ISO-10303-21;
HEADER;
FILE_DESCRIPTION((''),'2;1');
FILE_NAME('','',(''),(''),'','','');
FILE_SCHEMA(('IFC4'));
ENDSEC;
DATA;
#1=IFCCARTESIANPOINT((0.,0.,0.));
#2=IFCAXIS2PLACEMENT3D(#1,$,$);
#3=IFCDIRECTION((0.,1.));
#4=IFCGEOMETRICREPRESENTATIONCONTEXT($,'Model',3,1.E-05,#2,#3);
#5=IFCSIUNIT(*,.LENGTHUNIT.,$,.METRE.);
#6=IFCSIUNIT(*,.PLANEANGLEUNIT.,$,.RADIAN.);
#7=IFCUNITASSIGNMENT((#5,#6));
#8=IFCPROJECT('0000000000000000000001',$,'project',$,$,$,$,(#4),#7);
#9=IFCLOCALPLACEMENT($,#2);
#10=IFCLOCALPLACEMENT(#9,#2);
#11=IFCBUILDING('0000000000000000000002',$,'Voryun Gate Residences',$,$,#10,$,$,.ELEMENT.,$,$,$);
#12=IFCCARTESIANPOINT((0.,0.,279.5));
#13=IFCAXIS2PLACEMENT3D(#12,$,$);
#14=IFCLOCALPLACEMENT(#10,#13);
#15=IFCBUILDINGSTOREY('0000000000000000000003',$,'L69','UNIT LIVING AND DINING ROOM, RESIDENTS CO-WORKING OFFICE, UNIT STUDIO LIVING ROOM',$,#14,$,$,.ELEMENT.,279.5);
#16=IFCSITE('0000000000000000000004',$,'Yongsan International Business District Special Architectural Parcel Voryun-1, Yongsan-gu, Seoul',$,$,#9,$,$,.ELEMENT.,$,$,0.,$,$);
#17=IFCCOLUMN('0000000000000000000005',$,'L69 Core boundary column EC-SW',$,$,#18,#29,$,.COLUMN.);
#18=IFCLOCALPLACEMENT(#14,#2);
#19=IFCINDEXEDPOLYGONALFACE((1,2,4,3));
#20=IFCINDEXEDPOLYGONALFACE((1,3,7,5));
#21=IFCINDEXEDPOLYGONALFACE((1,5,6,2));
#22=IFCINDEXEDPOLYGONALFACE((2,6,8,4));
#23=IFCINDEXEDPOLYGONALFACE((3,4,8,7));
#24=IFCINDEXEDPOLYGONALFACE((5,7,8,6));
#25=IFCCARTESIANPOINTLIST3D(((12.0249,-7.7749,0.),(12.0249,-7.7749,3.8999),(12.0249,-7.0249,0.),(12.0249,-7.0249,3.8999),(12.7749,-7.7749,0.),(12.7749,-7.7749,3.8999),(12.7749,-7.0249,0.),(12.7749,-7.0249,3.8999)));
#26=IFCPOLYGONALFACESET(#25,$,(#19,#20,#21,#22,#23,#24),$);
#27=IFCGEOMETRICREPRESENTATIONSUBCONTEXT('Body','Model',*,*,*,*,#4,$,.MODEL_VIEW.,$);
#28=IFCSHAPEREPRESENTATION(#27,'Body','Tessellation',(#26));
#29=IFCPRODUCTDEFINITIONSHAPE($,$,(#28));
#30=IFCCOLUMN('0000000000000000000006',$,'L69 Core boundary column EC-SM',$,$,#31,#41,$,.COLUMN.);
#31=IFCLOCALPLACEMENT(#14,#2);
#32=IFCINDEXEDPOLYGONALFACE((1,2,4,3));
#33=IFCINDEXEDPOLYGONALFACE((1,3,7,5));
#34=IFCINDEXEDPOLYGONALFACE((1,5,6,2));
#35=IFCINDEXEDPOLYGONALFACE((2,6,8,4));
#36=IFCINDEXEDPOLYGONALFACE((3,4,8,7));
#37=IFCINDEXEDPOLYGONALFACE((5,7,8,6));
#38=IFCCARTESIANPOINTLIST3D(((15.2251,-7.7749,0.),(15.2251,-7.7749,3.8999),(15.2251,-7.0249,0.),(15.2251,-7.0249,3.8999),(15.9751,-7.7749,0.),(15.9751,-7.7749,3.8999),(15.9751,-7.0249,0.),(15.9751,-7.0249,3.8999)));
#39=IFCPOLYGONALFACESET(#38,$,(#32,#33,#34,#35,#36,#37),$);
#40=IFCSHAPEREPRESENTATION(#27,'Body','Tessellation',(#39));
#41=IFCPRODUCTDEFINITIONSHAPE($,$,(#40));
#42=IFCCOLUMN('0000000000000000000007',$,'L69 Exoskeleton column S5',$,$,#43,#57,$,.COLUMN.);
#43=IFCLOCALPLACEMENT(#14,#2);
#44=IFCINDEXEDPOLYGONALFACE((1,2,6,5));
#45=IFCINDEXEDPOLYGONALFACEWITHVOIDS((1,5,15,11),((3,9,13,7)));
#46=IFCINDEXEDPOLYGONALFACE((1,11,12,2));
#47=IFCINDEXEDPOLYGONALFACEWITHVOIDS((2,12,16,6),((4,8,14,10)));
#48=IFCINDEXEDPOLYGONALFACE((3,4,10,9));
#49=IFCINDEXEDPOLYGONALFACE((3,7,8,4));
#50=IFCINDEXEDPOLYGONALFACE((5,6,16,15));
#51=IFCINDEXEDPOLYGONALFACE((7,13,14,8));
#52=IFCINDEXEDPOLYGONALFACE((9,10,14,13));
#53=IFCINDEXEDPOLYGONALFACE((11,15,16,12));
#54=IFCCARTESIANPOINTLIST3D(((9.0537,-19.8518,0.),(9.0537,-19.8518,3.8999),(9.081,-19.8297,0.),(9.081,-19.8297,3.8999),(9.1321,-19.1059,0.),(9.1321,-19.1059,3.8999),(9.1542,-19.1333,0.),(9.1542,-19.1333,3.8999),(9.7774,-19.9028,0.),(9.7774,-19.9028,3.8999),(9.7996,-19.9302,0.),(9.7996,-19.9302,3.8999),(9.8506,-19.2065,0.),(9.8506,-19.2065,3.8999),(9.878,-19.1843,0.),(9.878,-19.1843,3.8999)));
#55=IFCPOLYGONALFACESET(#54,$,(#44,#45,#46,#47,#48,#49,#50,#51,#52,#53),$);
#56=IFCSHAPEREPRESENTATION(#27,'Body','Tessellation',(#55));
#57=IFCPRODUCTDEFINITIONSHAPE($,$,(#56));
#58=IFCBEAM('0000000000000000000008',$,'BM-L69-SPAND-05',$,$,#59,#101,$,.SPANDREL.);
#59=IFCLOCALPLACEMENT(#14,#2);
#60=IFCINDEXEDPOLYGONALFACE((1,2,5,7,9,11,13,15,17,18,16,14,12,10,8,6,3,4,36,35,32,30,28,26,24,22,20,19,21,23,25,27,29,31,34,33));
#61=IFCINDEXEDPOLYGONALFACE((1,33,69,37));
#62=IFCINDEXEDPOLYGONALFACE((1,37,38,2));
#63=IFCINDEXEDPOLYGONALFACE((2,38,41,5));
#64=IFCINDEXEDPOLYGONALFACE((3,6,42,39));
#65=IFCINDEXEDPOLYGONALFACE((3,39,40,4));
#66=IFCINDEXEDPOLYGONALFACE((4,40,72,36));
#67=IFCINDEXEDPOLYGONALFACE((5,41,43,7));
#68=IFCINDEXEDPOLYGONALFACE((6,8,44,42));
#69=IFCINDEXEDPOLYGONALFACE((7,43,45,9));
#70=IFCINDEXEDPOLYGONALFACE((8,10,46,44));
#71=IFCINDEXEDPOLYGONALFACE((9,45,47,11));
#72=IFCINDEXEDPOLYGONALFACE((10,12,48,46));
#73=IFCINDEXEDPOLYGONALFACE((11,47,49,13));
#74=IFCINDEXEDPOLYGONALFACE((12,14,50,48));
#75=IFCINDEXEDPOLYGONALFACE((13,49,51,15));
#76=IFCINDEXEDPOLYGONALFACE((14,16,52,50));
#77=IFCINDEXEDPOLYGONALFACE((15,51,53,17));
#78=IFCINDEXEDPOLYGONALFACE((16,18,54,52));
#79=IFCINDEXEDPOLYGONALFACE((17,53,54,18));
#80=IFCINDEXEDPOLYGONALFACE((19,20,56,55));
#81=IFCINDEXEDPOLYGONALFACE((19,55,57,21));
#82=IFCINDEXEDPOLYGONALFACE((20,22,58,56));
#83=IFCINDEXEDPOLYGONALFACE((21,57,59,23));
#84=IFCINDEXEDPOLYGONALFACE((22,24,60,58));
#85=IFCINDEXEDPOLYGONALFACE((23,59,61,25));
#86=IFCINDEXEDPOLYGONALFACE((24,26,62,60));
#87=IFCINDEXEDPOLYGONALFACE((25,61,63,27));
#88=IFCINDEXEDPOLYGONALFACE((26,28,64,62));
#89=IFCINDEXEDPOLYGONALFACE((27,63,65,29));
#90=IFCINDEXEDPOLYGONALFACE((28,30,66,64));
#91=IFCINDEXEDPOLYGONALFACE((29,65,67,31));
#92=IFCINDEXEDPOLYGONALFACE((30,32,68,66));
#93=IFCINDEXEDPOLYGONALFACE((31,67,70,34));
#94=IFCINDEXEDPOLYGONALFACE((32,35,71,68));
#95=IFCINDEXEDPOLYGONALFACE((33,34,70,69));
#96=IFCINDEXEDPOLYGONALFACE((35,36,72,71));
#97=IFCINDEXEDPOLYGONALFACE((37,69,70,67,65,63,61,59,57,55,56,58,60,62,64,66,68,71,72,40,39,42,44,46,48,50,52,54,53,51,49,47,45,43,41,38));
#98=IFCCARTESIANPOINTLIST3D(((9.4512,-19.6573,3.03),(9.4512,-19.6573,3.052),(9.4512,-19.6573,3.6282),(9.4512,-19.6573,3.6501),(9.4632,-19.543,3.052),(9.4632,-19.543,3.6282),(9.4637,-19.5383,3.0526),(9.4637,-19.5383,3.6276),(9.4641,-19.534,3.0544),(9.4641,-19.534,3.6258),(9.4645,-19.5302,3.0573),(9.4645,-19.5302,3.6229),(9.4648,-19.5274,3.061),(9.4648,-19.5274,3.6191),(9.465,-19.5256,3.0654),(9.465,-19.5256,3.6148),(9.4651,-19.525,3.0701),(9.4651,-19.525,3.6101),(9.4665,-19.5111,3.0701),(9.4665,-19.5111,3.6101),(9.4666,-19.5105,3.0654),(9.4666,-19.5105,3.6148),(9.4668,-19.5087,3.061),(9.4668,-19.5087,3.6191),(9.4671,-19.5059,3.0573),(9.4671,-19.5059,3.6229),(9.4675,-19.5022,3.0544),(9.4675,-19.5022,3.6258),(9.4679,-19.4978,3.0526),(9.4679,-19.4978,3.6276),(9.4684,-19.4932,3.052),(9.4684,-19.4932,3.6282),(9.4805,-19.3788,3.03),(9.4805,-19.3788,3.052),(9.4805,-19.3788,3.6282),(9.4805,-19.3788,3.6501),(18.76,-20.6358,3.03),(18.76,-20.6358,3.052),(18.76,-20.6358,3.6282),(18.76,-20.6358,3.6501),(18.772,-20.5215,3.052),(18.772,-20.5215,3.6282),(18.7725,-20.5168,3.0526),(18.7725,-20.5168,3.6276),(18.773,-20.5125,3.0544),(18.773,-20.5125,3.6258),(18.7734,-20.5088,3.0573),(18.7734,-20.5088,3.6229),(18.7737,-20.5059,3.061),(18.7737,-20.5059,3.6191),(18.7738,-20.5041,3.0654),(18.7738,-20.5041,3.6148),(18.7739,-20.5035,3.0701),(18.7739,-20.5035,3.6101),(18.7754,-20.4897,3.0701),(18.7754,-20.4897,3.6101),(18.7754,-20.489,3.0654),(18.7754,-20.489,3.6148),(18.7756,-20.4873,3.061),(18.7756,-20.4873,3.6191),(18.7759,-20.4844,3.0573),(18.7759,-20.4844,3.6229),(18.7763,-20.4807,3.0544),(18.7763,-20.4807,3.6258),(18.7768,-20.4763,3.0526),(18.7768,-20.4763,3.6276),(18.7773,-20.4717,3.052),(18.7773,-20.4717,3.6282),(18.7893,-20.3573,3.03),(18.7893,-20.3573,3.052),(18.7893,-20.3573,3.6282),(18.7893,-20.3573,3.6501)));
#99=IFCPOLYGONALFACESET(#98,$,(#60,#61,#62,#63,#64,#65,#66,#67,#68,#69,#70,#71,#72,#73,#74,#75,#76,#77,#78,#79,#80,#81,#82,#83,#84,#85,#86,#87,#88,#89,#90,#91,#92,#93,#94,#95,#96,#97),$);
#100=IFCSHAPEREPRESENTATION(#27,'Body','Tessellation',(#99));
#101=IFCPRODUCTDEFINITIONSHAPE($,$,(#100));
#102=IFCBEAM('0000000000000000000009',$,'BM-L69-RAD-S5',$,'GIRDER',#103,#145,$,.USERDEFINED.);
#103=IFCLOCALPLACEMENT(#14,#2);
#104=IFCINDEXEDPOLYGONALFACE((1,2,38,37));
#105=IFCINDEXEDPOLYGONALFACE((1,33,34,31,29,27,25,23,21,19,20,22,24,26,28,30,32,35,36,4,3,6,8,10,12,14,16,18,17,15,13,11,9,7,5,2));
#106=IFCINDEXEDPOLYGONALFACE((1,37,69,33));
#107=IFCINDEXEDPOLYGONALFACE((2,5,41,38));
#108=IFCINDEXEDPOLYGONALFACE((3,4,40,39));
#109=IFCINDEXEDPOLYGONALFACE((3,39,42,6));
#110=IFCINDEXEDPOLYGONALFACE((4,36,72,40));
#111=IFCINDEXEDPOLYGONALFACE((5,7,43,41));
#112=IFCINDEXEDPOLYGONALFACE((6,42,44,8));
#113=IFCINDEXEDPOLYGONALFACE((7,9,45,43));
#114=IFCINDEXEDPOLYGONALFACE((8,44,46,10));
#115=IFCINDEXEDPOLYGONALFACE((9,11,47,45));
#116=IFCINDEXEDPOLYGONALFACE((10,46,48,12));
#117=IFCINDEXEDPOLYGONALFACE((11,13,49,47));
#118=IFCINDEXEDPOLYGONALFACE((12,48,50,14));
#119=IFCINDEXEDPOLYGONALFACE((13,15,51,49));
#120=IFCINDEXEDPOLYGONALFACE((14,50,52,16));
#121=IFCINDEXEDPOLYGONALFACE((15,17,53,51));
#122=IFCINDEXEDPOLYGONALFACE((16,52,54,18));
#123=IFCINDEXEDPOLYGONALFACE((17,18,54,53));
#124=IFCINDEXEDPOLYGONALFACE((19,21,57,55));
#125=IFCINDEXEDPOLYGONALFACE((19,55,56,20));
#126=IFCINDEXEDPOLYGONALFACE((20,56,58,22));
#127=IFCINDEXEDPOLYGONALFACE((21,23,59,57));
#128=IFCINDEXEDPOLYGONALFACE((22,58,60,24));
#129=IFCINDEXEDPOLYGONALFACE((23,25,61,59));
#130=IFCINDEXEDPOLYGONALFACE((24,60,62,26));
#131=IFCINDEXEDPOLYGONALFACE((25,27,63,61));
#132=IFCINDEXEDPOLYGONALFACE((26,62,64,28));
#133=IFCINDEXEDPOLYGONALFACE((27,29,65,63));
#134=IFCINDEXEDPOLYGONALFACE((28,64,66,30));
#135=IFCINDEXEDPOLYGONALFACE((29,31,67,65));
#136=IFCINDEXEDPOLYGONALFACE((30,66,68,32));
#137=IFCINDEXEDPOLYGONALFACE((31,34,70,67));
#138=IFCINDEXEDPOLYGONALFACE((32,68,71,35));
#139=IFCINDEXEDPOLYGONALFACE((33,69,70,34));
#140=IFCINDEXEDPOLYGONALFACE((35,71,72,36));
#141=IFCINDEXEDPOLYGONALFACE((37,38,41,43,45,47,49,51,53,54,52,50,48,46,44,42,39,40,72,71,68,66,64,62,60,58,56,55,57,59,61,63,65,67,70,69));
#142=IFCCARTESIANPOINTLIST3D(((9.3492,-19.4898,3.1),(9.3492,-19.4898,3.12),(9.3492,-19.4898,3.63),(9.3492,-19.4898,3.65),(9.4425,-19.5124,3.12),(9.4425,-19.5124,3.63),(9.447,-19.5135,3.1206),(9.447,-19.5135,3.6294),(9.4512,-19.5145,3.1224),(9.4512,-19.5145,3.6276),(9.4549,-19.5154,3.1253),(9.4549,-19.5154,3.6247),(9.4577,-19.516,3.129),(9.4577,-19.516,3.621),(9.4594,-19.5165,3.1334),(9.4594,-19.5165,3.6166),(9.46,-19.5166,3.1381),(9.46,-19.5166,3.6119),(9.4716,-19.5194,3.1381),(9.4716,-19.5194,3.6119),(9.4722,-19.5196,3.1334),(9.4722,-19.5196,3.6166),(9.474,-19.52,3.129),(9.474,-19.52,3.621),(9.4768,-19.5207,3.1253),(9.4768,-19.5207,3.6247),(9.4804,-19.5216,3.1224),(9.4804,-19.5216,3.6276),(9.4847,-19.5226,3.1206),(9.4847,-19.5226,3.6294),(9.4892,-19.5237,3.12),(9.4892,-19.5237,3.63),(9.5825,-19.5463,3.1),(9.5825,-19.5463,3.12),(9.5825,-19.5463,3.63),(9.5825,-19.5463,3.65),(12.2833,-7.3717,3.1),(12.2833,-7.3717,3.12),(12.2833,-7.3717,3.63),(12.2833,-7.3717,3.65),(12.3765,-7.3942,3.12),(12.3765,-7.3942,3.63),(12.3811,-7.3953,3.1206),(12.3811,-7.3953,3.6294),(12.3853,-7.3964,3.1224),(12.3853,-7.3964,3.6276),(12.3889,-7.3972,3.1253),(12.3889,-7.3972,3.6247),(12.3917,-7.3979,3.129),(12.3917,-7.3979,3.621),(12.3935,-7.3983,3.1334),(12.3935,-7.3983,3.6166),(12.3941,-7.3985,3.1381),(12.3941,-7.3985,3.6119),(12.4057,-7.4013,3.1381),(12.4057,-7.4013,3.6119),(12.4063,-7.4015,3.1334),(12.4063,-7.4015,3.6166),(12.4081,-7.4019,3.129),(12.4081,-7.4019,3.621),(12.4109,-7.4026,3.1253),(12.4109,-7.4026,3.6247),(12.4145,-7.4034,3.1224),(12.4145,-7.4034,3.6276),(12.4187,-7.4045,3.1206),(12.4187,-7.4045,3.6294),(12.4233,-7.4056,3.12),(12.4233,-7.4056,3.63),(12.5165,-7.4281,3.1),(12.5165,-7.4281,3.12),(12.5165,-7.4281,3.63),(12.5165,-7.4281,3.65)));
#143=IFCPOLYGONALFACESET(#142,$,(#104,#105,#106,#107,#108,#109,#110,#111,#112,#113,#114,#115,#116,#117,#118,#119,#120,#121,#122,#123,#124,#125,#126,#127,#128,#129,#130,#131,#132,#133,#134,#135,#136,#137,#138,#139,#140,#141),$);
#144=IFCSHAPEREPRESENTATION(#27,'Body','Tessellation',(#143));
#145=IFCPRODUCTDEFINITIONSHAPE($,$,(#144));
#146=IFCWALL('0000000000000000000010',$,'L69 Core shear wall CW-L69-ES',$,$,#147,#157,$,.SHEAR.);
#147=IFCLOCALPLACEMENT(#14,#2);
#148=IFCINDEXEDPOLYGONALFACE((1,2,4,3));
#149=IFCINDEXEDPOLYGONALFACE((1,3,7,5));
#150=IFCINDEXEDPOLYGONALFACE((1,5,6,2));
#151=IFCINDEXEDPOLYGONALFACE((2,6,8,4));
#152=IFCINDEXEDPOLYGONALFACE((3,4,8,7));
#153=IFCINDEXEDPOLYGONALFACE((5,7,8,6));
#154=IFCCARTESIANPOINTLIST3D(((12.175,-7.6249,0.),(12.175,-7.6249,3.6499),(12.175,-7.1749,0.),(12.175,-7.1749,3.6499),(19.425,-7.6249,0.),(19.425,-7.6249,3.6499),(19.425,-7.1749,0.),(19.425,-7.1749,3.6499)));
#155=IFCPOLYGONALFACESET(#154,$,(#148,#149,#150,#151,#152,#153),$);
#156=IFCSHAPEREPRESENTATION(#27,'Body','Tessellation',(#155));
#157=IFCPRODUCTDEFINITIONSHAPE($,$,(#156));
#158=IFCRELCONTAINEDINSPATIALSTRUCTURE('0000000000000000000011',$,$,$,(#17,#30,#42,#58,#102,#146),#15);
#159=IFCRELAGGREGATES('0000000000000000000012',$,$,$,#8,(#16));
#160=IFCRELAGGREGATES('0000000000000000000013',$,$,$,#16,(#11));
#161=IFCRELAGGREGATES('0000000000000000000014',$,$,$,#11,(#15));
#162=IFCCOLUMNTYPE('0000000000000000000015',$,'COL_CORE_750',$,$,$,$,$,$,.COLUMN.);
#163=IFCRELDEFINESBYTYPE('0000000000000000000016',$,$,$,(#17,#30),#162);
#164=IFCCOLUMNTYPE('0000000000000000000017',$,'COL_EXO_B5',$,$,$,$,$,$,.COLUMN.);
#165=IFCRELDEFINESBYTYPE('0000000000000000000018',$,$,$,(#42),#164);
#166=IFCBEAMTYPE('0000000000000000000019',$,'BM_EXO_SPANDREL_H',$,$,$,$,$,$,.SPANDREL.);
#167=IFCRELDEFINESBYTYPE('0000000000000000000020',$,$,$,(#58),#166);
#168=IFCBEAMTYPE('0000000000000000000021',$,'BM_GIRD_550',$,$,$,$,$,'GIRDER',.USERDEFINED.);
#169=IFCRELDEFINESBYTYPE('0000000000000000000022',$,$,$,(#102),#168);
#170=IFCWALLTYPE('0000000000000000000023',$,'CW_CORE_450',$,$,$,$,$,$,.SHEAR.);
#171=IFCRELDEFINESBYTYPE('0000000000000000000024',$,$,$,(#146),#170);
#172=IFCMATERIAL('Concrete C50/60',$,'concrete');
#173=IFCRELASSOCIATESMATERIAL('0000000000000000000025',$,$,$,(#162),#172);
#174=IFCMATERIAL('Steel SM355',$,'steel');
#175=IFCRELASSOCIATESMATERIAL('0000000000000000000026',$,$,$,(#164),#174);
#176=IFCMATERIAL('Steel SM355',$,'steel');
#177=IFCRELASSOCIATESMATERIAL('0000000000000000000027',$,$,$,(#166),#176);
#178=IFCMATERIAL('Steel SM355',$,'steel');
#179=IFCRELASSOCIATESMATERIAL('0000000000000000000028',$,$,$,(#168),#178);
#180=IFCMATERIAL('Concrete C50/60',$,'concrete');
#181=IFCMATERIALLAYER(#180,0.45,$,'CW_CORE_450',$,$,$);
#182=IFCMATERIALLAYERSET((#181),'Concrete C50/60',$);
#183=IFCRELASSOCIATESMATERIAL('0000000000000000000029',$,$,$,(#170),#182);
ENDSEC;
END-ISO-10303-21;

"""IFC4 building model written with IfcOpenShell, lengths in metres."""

from ifc_helpers import new_model, si_unit, direction, frame, frame_2d, origin, origin_2d, place, context, subcontext, project, spatial, rectangle, hollow_rectangle, i_section, extrude, material, layer, layer_set, material_profile, profile_set, type_object, element, save


model = new_model("IFC4")

# Units and contexts
model_context = context("Model", 3, precision=1e-05, world=origin(), true_north=direction((0.0, 1.0)))
body_context = subcontext(model_context, "Body", "Model", "MODEL_VIEW")
ifc_project = project(units=[si_unit("LENGTHUNIT", "METRE"), si_unit("PLANEANGLEUNIT", "RADIAN")], contexts=[model_context])

# Site, building, storey
site_placement = place(None, origin())
site = spatial("IfcSite", under=ifc_project, at=site_placement, Name="Yongsan International Business District Special Architectural Parcel Voryun-1, Yongsan-gu, Seoul", CompositionType="ELEMENT", RefElevation=0.0)
building_placement = place(site_placement, origin())
building = spatial("IfcBuilding", under=site, at=building_placement, Name="Voryun Gate Residences", CompositionType="ELEMENT")
storey_placement = place(building_placement, frame((0.0, 0.0, 279.5)))
storey = spatial("IfcBuildingStorey", under=building, at=storey_placement, Name="L69", Description="UNIT LIVING AND DINING ROOM, RESIDENTS CO-WORKING OFFICE, UNIT STUDIO LIVING ROOM", CompositionType="ELEMENT", Elevation=279.5)

# Columns
ifc_material_1 = material(Name="Concrete C50/60", Category="concrete")
ifc_material_profile_1 = material_profile(ifc_material_1, rectangle(XDim=0.75, YDim=0.75, at=origin_2d()), Name="RC-750x750")
ifc_profile_set_1 = profile_set([ifc_material_profile_1], Name="Concrete C50/60")
column_type_1 = type_object("IfcColumnType", Name="COL_CORE_750", PredefinedType="COLUMN", material=ifc_profile_set_1)
for number, where, z_axis, x_axis, name in (
    (1, (12.3999, -7.3999, 0.0), (0.0, 0.0, 1.0), (1.0, 0.0, 0.0), "L69 Core boundary column EC-SW"),
    (2, (15.6001, -7.3999, 0.0), (0.0, 0.0, 1.0), (1.0, 0.0, 0.0), "L69 Core boundary column EC-SM"),
):
    element("IfcColumn", number, at=place(storey_placement, frame(where, z_axis=z_axis, x_axis=x_axis)), inside=storey, type_object=column_type_1, Name=name, PredefinedType="COLUMN", context=body_context, shape_type="SweptSolid", body=[
        extrude(rectangle(XDim=0.75, YDim=0.75, at=origin_2d()), origin(), (0.0, 0.0, 1.0), 3.8999),
    ])
ifc_material_2 = material(Name="Steel SM355", Category="steel")
ifc_material_profile_2 = material_profile(ifc_material_2, hollow_rectangle(XDim=0.75, YDim=0.75, WallThickness=0.0249, at=origin_2d()), Name="BOX-750x750x25")
ifc_profile_set_2 = profile_set([ifc_material_profile_2], Name="Steel SM355")
column_type_2 = type_object("IfcColumnType", Name="COL_EXO_B5", PredefinedType="COLUMN", material=ifc_profile_set_2)
column_placement = place(storey_placement, frame((9.4658, -19.5181, 0.0), z_axis=(0.0, 0.0, 1.0), x_axis=(0.994522, -0.104528, 0.0)))
element("IfcColumn", 3, at=column_placement, inside=storey, type_object=column_type_2, Name="L69 Exoskeleton column S5", PredefinedType="COLUMN", context=body_context, shape_type="SweptSolid", body=[
    extrude(hollow_rectangle(XDim=0.75, YDim=0.75, WallThickness=0.0249, at=origin_2d()), origin(), (0.0, 0.0, 1.0), 3.8999),
])

# Beams
ifc_material_3 = material(Name="Steel SM355", Category="steel")
ifc_material_profile_3 = material_profile(ifc_material_3, i_section(OverallWidth=0.28, OverallDepth=0.6201, WebThickness=0.0139, FlangeThickness=0.022, FilletRadius=0.0181, at=origin_2d()), Name="H-620x280x14x22")
ifc_profile_set_3 = profile_set([ifc_material_profile_3], Name="Steel SM355")
beam_type_1 = type_object("IfcBeamType", Name="BM_EXO_SPANDREL_H", PredefinedType="SPANDREL", material=ifc_profile_set_3)
beam_1_placement = place(storey_placement, frame((9.4658, -19.5181, 3.3401), z_axis=(0.994521, -0.104541, 0.0), x_axis=(0.104541, 0.994521, 0.0)))
element("IfcBeam", 4, at=beam_1_placement, inside=storey, type_object=beam_type_1, Name="BM-L69-SPAND-05", PredefinedType="SPANDREL", context=body_context, shape_type="SweptSolid", body=[
    extrude(i_section(OverallWidth=0.28, OverallDepth=0.6201, WebThickness=0.0139, FlangeThickness=0.022, FilletRadius=0.0181, at=origin_2d()), origin(), (0.0, 0.0, 1.0), 9.3601),
])
ifc_material_4 = material(Name="Steel SM355", Category="steel")
ifc_material_profile_4 = material_profile(ifc_material_4, i_section(OverallWidth=0.24, OverallDepth=0.55, WebThickness=0.012, FlangeThickness=0.02, FilletRadius=0.0181, at=origin_2d()), Name="H-550x240x12x20")
ifc_profile_set_4 = profile_set([ifc_material_profile_4], Name="Steel SM355")
beam_type_2 = type_object("IfcBeamType", Name="BM_GIRD_550", ElementType="GIRDER", PredefinedType="USERDEFINED", material=ifc_profile_set_4)
beam_2_placement = place(storey_placement, frame((12.3999, -7.3999, 3.375), z_axis=(-0.235323, -0.971917, 0.0), x_axis=(0.971917, -0.235323, 0.0)))
element("IfcBeam", 5, at=beam_2_placement, inside=storey, type_object=beam_type_2, Name="BM-L69-RAD-S5", ObjectType="GIRDER", PredefinedType="USERDEFINED", context=body_context, shape_type="SweptSolid", body=[
    extrude(i_section(OverallWidth=0.24, OverallDepth=0.55, WebThickness=0.012, FlangeThickness=0.02, FilletRadius=0.0181, at=origin_2d()), origin(), (0.0, 0.0, 1.0), 12.4683),
])

# Wall
ifc_material_5 = material(Name="Concrete C50/60", Category="concrete")
ifc_layer_1 = layer(ifc_material_5, 0.45, Name="CW_CORE_450")
ifc_layer_set_1 = layer_set([ifc_layer_1], Name="Concrete C50/60")
wall_type_1 = type_object("IfcWallType", Name="CW_CORE_450", PredefinedType="SHEAR", material=ifc_layer_set_1)
wall_1_placement = place(storey_placement, frame((12.175, -7.3999, 0.0), z_axis=(0.0, 0.0, 1.0), x_axis=(1.0, 0.0, 0.0)))
element("IfcWall", 6, at=wall_1_placement, inside=storey, type_object=wall_type_1, Name="L69 Core shear wall CW-L69-ES", PredefinedType="SHEAR", context=body_context, shape_type="SweptSolid", body=[
    extrude(rectangle(XDim=7.25, YDim=0.45, at=frame_2d((3.625, 0.0))), origin(), (0.0, 0.0, 1.0), 3.6499),
])

save(model, "model.ifc")
